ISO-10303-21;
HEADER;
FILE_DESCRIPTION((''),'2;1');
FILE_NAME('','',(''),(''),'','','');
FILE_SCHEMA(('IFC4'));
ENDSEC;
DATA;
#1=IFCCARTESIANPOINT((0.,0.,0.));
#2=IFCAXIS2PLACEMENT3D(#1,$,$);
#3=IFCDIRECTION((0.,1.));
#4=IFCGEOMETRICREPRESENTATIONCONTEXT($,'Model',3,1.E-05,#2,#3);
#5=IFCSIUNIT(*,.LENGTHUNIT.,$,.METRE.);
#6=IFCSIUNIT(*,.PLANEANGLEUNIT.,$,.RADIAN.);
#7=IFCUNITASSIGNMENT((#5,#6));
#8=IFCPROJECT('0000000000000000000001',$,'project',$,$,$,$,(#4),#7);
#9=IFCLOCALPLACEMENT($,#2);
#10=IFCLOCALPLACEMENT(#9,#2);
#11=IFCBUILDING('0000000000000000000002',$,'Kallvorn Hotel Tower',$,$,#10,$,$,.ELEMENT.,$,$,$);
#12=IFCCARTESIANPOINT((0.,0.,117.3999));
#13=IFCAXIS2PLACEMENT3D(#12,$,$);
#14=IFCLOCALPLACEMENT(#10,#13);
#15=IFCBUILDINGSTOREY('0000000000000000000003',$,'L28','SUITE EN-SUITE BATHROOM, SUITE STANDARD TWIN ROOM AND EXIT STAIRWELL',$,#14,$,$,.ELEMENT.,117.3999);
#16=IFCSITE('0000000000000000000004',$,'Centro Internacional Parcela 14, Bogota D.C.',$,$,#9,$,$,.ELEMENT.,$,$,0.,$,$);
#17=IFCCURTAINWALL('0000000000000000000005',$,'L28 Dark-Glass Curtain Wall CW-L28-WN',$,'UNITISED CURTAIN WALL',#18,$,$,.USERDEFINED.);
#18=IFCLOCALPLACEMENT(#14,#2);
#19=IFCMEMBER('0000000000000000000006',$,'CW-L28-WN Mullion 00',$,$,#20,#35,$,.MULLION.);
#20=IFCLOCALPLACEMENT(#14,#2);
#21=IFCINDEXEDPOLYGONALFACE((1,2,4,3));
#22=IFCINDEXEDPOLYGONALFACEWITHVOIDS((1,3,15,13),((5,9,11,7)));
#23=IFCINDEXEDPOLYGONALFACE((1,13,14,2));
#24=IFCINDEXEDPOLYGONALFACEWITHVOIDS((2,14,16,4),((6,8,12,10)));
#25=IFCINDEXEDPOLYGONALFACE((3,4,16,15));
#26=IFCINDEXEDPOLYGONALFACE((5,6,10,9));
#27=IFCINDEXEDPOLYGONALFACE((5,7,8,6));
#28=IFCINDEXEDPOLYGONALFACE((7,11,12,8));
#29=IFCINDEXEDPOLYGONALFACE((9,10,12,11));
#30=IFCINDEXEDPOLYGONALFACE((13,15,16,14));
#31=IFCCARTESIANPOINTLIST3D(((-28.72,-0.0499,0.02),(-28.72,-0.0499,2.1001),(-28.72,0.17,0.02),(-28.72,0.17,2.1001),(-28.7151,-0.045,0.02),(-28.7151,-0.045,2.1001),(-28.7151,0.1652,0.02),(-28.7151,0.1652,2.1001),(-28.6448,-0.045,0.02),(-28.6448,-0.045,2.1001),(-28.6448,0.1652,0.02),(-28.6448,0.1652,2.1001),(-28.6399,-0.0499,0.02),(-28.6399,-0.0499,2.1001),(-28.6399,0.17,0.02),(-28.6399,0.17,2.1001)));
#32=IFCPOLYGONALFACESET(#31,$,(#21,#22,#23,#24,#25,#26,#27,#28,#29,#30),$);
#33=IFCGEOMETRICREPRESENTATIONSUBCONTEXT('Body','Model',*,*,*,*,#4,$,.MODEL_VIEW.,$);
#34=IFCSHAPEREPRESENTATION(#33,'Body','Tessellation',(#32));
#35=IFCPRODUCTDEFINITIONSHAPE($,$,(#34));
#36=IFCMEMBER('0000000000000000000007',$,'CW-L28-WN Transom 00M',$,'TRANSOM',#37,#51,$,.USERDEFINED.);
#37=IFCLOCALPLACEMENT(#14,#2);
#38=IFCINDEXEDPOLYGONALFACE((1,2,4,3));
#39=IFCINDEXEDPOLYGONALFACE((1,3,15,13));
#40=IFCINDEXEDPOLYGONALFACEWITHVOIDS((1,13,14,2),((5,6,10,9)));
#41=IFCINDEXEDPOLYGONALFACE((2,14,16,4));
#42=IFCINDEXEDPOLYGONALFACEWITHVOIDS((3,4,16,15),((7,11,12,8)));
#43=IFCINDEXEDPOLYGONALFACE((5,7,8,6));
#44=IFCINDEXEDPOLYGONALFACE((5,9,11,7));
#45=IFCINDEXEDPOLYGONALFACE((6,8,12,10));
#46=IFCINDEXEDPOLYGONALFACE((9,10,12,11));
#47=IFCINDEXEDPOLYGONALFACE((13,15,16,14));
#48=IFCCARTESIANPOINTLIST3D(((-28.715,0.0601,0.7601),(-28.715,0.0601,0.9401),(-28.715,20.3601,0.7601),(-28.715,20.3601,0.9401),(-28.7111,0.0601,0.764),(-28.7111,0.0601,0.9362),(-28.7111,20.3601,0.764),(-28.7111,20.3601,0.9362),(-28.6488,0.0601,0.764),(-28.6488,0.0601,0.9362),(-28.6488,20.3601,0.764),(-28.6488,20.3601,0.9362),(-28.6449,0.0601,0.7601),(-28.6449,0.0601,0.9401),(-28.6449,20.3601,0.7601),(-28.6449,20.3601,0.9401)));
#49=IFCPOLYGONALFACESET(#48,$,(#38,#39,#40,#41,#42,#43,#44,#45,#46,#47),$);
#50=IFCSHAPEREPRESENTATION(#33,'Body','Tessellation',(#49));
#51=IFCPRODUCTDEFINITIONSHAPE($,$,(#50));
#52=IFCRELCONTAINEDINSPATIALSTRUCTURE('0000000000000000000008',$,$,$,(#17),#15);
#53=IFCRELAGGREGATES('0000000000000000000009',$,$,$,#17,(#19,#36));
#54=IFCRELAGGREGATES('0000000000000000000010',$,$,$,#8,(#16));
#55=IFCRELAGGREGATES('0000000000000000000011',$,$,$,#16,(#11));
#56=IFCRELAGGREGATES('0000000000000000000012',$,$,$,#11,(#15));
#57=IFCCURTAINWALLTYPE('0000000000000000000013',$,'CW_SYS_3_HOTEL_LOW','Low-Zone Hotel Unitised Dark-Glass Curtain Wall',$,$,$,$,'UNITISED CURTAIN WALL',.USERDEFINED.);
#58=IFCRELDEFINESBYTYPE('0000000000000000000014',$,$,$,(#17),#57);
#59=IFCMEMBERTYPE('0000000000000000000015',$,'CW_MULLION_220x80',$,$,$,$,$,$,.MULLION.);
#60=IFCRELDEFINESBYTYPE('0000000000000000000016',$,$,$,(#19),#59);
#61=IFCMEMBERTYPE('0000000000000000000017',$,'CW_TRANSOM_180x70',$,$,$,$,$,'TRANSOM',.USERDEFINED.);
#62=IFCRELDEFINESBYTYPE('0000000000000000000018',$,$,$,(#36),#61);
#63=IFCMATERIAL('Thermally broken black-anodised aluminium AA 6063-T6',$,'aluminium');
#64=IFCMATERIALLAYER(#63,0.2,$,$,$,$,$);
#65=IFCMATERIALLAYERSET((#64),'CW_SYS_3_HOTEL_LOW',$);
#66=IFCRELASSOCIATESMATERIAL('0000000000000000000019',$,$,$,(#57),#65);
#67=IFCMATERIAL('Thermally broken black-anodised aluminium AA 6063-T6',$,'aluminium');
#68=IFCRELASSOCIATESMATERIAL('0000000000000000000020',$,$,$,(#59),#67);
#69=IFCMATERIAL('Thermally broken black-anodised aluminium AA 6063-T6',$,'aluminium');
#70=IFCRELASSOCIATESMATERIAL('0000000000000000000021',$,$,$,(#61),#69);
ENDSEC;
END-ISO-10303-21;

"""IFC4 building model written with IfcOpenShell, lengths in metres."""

from ifc_helpers import new_model, si_unit, direction, frame, origin, origin_2d, place, context, subcontext, project, spatial, hollow_rectangle, extrude, material, layer, layer_set, material_profile, profile_set, type_object, element, aggregate, save


model = new_model("IFC4")

# Units and contexts
model_context = context("Model", 3, precision=1e-05, world=origin(), true_north=direction((0.0, 1.0)))
body_context = subcontext(model_context, "Body", "Model", "MODEL_VIEW")
ifc_project = project(units=[si_unit("LENGTHUNIT", "METRE"), si_unit("PLANEANGLEUNIT", "RADIAN")], contexts=[model_context])

# Site, building, storey
site_placement = place(None, origin())
site = spatial("IfcSite", under=ifc_project, at=site_placement, Name="Centro Internacional Parcela 14, Bogota D.C.", CompositionType="ELEMENT", RefElevation=0.0)
building_placement = place(site_placement, origin())
building = spatial("IfcBuilding", under=site, at=building_placement, Name="Kallvorn Hotel Tower", CompositionType="ELEMENT")
storey_placement = place(building_placement, frame((0.0, 0.0, 117.3999)))
storey = spatial("IfcBuildingStorey", under=building, at=storey_placement, Name="L28", Description="SUITE EN-SUITE BATHROOM, SUITE STANDARD TWIN ROOM AND EXIT STAIRWELL", CompositionType="ELEMENT", Elevation=117.3999)

# Curtain wall, members
ifc_material_1 = material(Name="Thermally broken black-anodised aluminium AA 6063-T6", Category="aluminium")
ifc_layer_1 = layer(ifc_material_1, 0.2)
ifc_layer_set_1 = layer_set([ifc_layer_1], Name="CW_SYS_3_HOTEL_LOW")
curtain_wall_type = type_object("IfcCurtainWallType", Name="CW_SYS_3_HOTEL_LOW", Description="Low-Zone Hotel Unitised Dark-Glass Curtain Wall", ElementType="UNITISED CURTAIN WALL", PredefinedType="USERDEFINED", material=ifc_layer_set_1)
curtain_wall_placement = place(storey_placement, origin())
curtain_wall = element("IfcCurtainWall", 1, at=curtain_wall_placement, inside=storey, type_object=curtain_wall_type, Name="L28 Dark-Glass Curtain Wall CW-L28-WN", ObjectType="UNITISED CURTAIN WALL", PredefinedType="USERDEFINED")
ifc_material_2 = material(Name="Thermally broken black-anodised aluminium AA 6063-T6", Category="aluminium")
ifc_material_profile_1 = material_profile(ifc_material_2, hollow_rectangle(XDim=0.0801, YDim=0.22, WallThickness=0.0049, at=origin_2d()), Name="MUL 220x80")
ifc_profile_set_1 = profile_set([ifc_material_profile_1], Name="Thermally broken black-anodised aluminium AA 6063-T6")
member_type_1 = type_object("IfcMemberType", Name="CW_MULLION_220x80", PredefinedType="MULLION", material=ifc_profile_set_1)
member_1_placement = place(storey_placement, frame((-28.6799, 0.0601, 0.02), z_axis=(0.0, 0.0, 1.0), x_axis=(1.0, 0.0, 0.0)))
member_1 = element("IfcMember", 2, at=member_1_placement, type_object=member_type_1, Name="CW-L28-WN Mullion 00", PredefinedType="MULLION", context=body_context, shape_type="SweptSolid", body=[
    extrude(hollow_rectangle(XDim=0.0801, YDim=0.22, WallThickness=0.0049, at=origin_2d()), origin(), (0.0, 0.0, 1.0), 2.0801),
])
ifc_material_3 = material(Name="Thermally broken black-anodised aluminium AA 6063-T6", Category="aluminium")
ifc_material_profile_2 = material_profile(ifc_material_3, hollow_rectangle(XDim=0.0701, YDim=0.1799, WallThickness=0.0039, at=origin_2d()), Name="TRN 180x70")
ifc_profile_set_2 = profile_set([ifc_material_profile_2], Name="Thermally broken black-anodised aluminium AA 6063-T6")
member_type_2 = type_object("IfcMemberType", Name="CW_TRANSOM_180x70", ElementType="TRANSOM", PredefinedType="USERDEFINED", material=ifc_profile_set_2)
member_2_placement = place(storey_placement, frame((-28.6799, 0.0601, 0.8501), z_axis=(0.0, 1.0, 0.0), x_axis=(-1.0, 0.0, 0.0)))
member_2 = element("IfcMember", 3, at=member_2_placement, type_object=member_type_2, Name="CW-L28-WN Transom 00M", ObjectType="TRANSOM", PredefinedType="USERDEFINED", context=body_context, shape_type="SweptSolid", body=[
    extrude(hollow_rectangle(XDim=0.0701, YDim=0.1799, WallThickness=0.0039, at=origin_2d()), origin(), (0.0, 0.0, 1.0), 20.3),
])
aggregate(curtain_wall, [member_1, member_2])

save(model, "model.ifc")
